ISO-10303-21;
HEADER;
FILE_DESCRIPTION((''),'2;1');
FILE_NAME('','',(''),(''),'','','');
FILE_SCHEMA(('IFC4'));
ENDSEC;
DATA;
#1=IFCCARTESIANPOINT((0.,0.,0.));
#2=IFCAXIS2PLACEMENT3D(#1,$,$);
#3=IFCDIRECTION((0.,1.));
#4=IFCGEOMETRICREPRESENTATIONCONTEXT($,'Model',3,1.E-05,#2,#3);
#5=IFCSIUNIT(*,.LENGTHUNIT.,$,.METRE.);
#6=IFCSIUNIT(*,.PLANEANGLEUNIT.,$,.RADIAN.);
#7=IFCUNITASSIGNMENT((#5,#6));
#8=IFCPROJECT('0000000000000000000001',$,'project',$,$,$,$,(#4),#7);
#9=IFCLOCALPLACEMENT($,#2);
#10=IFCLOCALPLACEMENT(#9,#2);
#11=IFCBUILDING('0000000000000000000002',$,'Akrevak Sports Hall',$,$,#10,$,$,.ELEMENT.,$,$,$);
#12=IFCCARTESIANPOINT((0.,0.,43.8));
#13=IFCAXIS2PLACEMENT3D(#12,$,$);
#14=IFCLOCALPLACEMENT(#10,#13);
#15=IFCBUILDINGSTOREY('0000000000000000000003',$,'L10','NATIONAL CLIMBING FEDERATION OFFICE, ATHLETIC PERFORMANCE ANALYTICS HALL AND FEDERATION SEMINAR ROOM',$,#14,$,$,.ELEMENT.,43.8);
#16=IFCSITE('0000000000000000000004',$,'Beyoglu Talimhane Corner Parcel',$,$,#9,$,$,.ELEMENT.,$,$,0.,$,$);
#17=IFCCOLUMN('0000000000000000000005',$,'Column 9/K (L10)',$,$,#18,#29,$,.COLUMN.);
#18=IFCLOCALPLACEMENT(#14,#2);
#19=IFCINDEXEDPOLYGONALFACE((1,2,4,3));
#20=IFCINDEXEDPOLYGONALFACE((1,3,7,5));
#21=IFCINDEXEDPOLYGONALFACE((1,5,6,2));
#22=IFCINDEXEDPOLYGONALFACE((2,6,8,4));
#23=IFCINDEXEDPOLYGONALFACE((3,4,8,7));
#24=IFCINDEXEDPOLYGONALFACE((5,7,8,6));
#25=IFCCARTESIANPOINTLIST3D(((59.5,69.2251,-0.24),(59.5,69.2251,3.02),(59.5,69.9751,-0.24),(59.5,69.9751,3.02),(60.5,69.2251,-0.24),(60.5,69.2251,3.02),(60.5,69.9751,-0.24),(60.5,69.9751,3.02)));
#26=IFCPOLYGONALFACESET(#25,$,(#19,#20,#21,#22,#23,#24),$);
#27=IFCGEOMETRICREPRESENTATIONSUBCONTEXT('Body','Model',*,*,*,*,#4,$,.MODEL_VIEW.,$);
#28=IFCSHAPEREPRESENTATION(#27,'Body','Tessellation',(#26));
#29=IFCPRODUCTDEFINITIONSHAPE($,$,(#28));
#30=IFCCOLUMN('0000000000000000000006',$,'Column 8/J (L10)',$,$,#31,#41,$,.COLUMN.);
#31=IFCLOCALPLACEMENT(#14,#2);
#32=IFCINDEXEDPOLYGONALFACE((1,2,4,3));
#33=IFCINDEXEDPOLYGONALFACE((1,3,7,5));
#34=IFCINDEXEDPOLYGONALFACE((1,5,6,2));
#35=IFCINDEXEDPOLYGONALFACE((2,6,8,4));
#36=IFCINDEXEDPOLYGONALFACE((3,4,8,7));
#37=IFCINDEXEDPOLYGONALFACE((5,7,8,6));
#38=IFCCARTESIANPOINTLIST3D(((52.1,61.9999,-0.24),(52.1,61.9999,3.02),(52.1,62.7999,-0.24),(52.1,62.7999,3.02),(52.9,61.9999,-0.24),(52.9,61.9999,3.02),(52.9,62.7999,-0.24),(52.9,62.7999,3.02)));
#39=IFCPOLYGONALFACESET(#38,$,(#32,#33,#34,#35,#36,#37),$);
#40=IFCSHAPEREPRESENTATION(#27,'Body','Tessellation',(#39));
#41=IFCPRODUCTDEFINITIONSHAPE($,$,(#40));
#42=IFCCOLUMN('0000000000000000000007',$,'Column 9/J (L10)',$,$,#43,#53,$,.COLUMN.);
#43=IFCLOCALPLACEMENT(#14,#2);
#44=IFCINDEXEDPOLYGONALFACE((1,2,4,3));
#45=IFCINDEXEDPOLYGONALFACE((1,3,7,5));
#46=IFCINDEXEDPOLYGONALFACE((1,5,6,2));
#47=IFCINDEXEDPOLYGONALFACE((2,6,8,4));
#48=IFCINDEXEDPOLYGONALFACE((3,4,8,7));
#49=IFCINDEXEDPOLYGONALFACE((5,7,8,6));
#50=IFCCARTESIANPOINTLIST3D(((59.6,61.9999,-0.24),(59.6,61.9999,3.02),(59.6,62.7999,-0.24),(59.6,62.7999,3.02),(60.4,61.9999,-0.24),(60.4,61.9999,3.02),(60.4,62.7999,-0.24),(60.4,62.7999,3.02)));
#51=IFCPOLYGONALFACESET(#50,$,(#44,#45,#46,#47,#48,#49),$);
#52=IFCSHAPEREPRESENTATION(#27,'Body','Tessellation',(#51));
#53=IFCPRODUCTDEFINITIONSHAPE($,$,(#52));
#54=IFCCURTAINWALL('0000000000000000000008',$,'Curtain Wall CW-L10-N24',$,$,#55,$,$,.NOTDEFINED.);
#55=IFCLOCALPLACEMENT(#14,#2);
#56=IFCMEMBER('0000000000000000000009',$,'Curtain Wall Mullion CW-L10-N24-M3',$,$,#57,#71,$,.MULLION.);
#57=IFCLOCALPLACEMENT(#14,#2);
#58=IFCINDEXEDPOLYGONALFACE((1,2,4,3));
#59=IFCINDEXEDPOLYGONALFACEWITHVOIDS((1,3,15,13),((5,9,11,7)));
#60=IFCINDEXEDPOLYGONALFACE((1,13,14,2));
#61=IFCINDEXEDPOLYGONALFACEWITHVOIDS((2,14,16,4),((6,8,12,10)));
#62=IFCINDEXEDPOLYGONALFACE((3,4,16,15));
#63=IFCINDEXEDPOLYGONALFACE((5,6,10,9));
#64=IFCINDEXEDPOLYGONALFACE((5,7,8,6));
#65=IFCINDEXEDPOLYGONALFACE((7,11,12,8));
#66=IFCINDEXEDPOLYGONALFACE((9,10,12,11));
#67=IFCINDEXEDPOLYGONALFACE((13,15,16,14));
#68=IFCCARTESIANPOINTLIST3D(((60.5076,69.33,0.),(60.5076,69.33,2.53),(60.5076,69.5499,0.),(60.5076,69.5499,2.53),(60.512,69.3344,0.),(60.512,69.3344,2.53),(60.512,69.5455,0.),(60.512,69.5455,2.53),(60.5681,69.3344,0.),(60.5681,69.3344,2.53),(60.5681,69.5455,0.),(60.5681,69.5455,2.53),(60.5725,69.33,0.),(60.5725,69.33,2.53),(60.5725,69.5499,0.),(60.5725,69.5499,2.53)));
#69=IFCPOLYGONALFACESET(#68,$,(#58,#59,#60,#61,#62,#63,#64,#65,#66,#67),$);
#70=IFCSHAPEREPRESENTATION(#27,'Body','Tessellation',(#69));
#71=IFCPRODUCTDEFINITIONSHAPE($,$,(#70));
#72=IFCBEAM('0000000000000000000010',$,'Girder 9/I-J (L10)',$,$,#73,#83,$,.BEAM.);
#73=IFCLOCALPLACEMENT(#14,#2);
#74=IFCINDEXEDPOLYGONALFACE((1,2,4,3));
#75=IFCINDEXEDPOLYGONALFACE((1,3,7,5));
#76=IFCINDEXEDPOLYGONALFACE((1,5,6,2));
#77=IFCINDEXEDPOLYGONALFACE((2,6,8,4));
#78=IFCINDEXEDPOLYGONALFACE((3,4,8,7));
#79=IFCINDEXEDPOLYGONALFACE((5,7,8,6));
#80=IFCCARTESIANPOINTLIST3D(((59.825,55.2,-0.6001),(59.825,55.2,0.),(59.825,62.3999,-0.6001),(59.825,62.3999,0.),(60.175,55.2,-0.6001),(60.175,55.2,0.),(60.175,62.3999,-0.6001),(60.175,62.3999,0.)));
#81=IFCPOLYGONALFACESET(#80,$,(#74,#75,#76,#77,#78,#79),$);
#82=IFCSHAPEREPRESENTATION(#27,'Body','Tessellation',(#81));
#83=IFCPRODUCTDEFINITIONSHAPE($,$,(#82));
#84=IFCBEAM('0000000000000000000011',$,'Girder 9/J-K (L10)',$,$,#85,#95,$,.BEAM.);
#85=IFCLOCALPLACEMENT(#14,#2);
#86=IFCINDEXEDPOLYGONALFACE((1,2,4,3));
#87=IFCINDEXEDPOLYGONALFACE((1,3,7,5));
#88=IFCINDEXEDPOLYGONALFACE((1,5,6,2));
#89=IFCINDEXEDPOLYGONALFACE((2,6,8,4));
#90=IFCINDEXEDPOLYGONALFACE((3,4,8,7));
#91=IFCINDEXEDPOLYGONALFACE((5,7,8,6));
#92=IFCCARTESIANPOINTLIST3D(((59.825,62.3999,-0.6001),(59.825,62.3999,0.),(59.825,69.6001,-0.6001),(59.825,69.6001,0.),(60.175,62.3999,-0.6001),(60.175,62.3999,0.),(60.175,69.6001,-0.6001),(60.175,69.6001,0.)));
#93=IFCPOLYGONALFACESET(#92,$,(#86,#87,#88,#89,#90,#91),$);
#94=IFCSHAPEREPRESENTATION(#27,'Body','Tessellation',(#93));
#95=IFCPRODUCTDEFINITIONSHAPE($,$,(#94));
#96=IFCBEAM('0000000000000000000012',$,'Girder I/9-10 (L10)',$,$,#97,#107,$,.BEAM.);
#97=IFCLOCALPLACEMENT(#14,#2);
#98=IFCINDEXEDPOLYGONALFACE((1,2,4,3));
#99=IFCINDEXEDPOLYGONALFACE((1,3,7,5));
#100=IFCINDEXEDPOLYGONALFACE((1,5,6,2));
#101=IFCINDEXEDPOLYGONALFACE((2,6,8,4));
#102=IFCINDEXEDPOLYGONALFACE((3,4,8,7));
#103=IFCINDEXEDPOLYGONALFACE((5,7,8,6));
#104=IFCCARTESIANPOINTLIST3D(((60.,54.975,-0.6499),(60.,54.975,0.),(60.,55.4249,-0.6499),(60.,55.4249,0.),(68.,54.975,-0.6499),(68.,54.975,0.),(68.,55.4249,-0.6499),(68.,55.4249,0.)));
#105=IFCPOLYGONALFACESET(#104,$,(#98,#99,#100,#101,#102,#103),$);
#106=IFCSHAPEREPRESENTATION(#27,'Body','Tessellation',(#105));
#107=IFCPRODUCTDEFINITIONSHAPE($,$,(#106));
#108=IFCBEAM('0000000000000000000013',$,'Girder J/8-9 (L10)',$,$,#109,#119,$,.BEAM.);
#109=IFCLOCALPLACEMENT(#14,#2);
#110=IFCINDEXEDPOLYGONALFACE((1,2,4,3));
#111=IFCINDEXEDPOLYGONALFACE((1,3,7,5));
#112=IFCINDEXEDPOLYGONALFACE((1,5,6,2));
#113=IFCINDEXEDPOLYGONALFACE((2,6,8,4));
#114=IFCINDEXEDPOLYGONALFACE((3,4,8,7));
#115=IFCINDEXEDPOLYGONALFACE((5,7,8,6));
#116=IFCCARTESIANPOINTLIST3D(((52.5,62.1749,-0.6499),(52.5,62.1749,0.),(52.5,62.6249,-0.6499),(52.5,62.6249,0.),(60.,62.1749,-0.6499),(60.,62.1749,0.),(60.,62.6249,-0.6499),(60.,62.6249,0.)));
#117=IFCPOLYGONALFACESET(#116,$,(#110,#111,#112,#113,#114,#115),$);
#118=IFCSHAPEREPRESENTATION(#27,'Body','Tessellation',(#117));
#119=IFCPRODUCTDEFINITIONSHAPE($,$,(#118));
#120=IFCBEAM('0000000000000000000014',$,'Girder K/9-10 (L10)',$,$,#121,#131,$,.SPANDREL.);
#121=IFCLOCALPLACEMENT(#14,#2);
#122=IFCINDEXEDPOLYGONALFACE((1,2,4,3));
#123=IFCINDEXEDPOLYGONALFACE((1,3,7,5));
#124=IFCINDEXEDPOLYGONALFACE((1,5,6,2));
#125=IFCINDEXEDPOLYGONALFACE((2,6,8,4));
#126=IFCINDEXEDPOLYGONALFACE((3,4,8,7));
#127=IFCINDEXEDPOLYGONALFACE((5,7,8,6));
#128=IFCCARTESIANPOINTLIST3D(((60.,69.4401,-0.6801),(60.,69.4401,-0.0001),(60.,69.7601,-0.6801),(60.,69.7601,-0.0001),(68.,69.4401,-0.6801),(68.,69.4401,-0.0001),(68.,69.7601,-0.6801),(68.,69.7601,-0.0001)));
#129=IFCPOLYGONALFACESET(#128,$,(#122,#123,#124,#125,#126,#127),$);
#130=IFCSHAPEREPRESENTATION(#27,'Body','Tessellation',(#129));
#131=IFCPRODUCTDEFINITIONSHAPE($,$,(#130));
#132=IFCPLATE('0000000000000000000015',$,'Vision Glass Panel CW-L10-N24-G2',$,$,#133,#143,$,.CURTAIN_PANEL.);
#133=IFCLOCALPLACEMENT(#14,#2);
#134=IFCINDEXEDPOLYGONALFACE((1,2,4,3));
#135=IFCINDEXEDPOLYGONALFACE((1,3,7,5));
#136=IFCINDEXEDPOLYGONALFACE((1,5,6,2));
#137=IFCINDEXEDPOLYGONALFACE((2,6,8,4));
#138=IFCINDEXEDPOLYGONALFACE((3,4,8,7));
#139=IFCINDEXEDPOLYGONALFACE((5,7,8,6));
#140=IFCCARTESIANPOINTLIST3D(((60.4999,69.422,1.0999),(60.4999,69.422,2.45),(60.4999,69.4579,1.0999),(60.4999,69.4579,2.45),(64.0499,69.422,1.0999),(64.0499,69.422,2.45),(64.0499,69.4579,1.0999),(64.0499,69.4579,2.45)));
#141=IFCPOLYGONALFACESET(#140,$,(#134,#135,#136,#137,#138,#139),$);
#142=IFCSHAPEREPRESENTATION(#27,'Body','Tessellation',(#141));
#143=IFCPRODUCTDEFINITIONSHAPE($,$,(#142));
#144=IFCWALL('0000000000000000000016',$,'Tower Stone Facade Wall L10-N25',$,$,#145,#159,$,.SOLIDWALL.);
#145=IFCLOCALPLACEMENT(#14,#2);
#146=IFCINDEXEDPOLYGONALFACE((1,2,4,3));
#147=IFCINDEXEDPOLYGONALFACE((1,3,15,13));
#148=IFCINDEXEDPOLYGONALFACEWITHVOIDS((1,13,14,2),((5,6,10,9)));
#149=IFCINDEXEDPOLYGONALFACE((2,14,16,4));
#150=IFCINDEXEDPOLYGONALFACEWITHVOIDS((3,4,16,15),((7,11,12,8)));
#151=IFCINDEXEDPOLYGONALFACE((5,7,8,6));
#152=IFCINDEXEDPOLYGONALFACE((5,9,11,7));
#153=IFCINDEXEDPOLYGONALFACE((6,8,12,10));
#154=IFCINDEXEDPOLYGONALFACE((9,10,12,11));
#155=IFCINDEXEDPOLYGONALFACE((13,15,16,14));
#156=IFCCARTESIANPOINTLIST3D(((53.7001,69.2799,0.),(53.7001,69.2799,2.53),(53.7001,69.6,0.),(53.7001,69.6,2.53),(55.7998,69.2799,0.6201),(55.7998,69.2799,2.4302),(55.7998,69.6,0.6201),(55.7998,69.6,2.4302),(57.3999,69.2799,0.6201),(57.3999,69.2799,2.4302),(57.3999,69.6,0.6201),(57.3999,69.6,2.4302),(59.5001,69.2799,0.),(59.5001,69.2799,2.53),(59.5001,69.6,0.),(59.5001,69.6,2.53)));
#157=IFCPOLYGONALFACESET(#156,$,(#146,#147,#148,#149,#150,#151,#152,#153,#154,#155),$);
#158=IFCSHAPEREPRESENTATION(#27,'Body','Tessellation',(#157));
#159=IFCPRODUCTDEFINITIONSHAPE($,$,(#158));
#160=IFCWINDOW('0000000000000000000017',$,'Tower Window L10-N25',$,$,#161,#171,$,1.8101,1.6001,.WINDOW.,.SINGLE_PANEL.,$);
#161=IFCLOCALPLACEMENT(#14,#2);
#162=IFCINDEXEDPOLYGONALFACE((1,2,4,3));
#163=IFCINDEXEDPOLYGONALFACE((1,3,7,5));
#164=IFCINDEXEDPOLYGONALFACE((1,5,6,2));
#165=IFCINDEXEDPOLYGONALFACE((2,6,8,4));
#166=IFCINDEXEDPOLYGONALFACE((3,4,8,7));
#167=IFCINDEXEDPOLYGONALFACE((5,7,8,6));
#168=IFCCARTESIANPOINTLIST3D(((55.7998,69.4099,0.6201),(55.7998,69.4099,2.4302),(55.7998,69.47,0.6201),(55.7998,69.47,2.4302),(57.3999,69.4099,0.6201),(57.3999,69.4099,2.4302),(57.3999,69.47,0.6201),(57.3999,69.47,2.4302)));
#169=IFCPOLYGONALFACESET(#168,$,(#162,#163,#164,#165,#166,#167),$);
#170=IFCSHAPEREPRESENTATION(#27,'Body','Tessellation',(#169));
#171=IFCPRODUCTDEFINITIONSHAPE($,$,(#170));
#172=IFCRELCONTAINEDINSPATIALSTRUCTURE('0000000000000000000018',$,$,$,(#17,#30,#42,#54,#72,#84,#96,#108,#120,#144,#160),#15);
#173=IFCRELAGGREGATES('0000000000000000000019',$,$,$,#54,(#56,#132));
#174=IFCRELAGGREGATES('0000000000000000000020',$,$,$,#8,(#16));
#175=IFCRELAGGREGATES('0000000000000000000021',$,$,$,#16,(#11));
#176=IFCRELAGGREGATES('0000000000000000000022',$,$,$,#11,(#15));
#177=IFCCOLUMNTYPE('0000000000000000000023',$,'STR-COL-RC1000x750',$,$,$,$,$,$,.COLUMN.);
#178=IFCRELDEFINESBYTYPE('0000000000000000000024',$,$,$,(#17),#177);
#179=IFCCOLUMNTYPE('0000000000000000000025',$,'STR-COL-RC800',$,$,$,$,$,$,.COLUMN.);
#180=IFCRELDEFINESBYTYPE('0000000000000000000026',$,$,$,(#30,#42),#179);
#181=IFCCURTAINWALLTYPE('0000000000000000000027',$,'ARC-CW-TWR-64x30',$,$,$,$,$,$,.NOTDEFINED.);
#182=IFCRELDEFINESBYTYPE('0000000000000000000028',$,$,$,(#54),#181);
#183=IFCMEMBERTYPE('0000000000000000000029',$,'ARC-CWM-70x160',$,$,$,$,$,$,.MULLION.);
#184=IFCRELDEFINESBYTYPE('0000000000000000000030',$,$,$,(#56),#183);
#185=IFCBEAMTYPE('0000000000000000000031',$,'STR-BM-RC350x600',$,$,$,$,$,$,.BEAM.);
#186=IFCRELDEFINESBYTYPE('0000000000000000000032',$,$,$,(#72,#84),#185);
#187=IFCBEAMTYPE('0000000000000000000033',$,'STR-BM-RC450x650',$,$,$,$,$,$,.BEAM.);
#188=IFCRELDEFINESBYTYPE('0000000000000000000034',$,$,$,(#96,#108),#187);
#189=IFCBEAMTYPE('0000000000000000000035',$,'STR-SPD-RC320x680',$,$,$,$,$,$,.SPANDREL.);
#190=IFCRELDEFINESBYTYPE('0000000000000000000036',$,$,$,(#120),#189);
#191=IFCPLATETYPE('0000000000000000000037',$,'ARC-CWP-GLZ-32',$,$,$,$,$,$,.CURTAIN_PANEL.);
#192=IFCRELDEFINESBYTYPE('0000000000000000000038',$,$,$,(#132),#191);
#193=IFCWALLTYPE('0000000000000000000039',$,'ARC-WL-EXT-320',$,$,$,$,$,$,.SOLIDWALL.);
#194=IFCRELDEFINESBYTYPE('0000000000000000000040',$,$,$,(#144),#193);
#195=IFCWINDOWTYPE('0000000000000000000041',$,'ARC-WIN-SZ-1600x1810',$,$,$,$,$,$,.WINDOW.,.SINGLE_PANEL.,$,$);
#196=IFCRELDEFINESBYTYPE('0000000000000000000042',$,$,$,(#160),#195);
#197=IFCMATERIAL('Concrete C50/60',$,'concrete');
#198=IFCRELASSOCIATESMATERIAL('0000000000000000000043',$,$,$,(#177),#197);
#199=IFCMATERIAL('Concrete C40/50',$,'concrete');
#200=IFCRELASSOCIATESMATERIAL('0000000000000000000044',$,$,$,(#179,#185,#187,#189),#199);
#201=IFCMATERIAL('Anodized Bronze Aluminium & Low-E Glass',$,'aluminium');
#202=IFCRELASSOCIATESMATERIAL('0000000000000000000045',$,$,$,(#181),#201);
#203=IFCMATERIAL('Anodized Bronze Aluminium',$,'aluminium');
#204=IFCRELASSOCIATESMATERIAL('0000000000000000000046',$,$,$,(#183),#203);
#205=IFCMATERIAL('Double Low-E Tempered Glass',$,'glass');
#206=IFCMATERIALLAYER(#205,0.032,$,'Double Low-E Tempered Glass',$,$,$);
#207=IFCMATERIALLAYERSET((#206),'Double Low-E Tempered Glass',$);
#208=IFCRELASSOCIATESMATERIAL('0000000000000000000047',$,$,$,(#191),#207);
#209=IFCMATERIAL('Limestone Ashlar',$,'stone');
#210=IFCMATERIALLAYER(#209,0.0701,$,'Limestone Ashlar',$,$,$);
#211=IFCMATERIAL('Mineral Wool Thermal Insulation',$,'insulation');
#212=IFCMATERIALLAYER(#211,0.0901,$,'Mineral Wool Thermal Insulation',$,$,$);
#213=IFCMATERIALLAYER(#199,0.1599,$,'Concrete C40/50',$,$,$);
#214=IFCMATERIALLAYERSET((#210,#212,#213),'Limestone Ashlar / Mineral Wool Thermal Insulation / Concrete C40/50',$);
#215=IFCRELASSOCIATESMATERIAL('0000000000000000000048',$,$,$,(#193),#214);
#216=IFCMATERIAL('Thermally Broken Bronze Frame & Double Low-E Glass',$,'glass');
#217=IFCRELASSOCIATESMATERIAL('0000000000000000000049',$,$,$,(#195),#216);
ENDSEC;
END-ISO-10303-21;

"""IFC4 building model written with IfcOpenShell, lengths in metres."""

from ifc_helpers import new_model, si_unit, direction, frame, frame_2d, origin, origin_2d, place, context, subcontext, project, spatial, rectangle, hollow_rectangle, extrude, material, layer, layer_set, material_profile, profile_set, type_object, element, fill, aggregate, save


model = new_model("IFC4")

# Units and contexts
model_context = context("Model", 3, precision=1e-05, world=origin(), true_north=direction((0.0, 1.0)))
body_context = subcontext(model_context, "Body", "Model", "MODEL_VIEW")
ifc_project = project(units=[si_unit("LENGTHUNIT", "METRE"), si_unit("PLANEANGLEUNIT", "RADIAN")], contexts=[model_context])

# Site, building, storey
site_placement = place(None, origin())
site = spatial("IfcSite", under=ifc_project, at=site_placement, Name="Beyoglu Talimhane Corner Parcel", CompositionType="ELEMENT", RefElevation=0.0)
building_placement = place(site_placement, origin())
building = spatial("IfcBuilding", under=site, at=building_placement, Name="Akrevak Sports Hall", CompositionType="ELEMENT")
storey_placement = place(building_placement, frame((0.0, 0.0, 43.8)))
storey = spatial("IfcBuildingStorey", under=building, at=storey_placement, Name="L10", Description="NATIONAL CLIMBING FEDERATION OFFICE, ATHLETIC PERFORMANCE ANALYTICS HALL AND FEDERATION SEMINAR ROOM", CompositionType="ELEMENT", Elevation=43.8)

# Columns
ifc_material_1 = material(Name="Concrete C50/60", Category="concrete")
ifc_material_profile_1 = material_profile(ifc_material_1, rectangle(XDim=1.0, YDim=0.75, at=origin_2d()), Name="RC 1000x750", Category="concrete")
ifc_profile_set_1 = profile_set([ifc_material_profile_1], Name="Concrete C50/60")
column_type_1 = type_object("IfcColumnType", Name="STR-COL-RC1000x750", PredefinedType="COLUMN", material=ifc_profile_set_1)
column_placement = place(storey_placement, frame((60.0, 69.6001, -0.24), z_axis=(0.0, 0.0, 1.0), x_axis=(1.0, 0.0, 0.0)))
element("IfcColumn", 1, at=column_placement, inside=storey, type_object=column_type_1, Name="Column 9/K (L10)", PredefinedType="COLUMN", context=body_context, shape_type="SweptSolid", body=[
    extrude(rectangle(XDim=1.0, YDim=0.75, at=origin_2d()), origin(), (0.0, 0.0, 1.0), 3.26),
])
ifc_material_2 = material(Name="Concrete C40/50", Category="concrete")
ifc_material_profile_2 = material_profile(ifc_material_2, rectangle(XDim=0.8, YDim=0.8, at=origin_2d()), Name="RC 800x800", Category="concrete")
ifc_profile_set_2 = profile_set([ifc_material_profile_2], Name="Concrete C40/50")
column_type_2 = type_object("IfcColumnType", Name="STR-COL-RC800", PredefinedType="COLUMN", material=ifc_profile_set_2)
for number, where, z_axis, x_axis, name in (
    (2, (52.5, 62.3999, -0.24), (0.0, 0.0, 1.0), (1.0, 0.0, 0.0), "Column 8/J (L10)"),
    (3, (60.0, 62.3999, -0.24), (0.0, 0.0, 1.0), (1.0, 0.0, 0.0), "Column 9/J (L10)"),
):
    element("IfcColumn", number, at=place(storey_placement, frame(where, z_axis=z_axis, x_axis=x_axis)), inside=storey, type_object=column_type_2, Name=name, PredefinedType="COLUMN", context=body_context, shape_type="SweptSolid", body=[
        extrude(rectangle(XDim=0.8, YDim=0.8, at=origin_2d()), origin(), (0.0, 0.0, 1.0), 3.26),
    ])

# Curtain wall, member
ifc_material_3 = material(Name="Anodized Bronze Aluminium & Low-E Glass", Category="aluminium")
curtain_wall_type = type_object("IfcCurtainWallType", Name="ARC-CW-TWR-64x30", PredefinedType="NOTDEFINED", material=ifc_material_3)
curtain_wall_placement = place(storey_placement, origin())
curtain_wall = element("IfcCurtainWall", 4, at=curtain_wall_placement, inside=storey, type_object=curtain_wall_type, Name="Curtain Wall CW-L10-N24", PredefinedType="NOTDEFINED")
ifc_material_4 = material(Name="Anodized Bronze Aluminium", Category="aluminium")
ifc_material_profile_3 = material_profile(ifc_material_4, hollow_rectangle(XDim=0.0649, YDim=0.22, WallThickness=0.0044, at=origin_2d()), Name="CWM 65x220", Category="aluminium")
ifc_profile_set_3 = profile_set([ifc_material_profile_3], Name="Anodized Bronze Aluminium")
member_type = type_object("IfcMemberType", Name="ARC-CWM-70x160", PredefinedType="MULLION", material=ifc_profile_set_3)
member_placement = place(storey_placement, frame((60.54, 69.4399, 0.0), z_axis=(0.0, 0.0, 1.0), x_axis=(-1.0, 0.0, 0.0)))
member = element("IfcMember", 5, at=member_placement, type_object=member_type, Name="Curtain Wall Mullion CW-L10-N24-M3", PredefinedType="MULLION", context=body_context, shape_type="SweptSolid", body=[
    extrude(hollow_rectangle(XDim=0.0649, YDim=0.22, WallThickness=0.0044, at=origin_2d()), origin(), (0.0, 0.0, 1.0), 2.53),
])

# Beams
ifc_material_profile_4 = material_profile(ifc_material_2, rectangle(XDim=0.3501, YDim=0.6001, at=origin_2d()), Name="BM 350x600", Category="concrete")
ifc_profile_set_4 = profile_set([ifc_material_profile_4], Name="Concrete C40/50")
beam_type_1 = type_object("IfcBeamType", Name="STR-BM-RC350x600", PredefinedType="BEAM", material=ifc_profile_set_4)
beam_1_placement = place(storey_placement, frame((60.0, 55.2, -0.3), z_axis=(0.0, 1.0, 0.0), x_axis=(-1.0, 0.0, 0.0)))
element("IfcBeam", 6, at=beam_1_placement, inside=storey, type_object=beam_type_1, Name="Girder 9/I-J (L10)", PredefinedType="BEAM", context=body_context, shape_type="SweptSolid", body=[
    extrude(rectangle(XDim=0.3501, YDim=0.6001, at=origin_2d()), origin(), (0.0, 0.0, 1.0), 7.2),
])
beam_2_placement = place(storey_placement, frame((60.0, 62.3999, -0.3), z_axis=(0.0, 1.0, 0.0), x_axis=(-1.0, 0.0, 0.0)))
element("IfcBeam", 7, at=beam_2_placement, inside=storey, type_object=beam_type_1, Name="Girder 9/J-K (L10)", PredefinedType="BEAM", context=body_context, shape_type="SweptSolid", body=[
    extrude(rectangle(XDim=0.3501, YDim=0.6001, at=origin_2d()), origin(), (0.0, 0.0, 1.0), 7.2002),
])
ifc_material_profile_5 = material_profile(ifc_material_2, rectangle(XDim=0.45, YDim=0.6499, at=origin_2d()), Name="BM 450x650", Category="concrete")
ifc_profile_set_5 = profile_set([ifc_material_profile_5], Name="Concrete C40/50")
beam_type_2 = type_object("IfcBeamType", Name="STR-BM-RC450x650", PredefinedType="BEAM", material=ifc_profile_set_5)
beam_3_placement = place(storey_placement, frame((60.0, 55.2, -0.325), z_axis=(1.0, 0.0, 0.0), x_axis=(0.0, 1.0, 0.0)))
element("IfcBeam", 8, at=beam_3_placement, inside=storey, type_object=beam_type_2, Name="Girder I/9-10 (L10)", PredefinedType="BEAM", context=body_context, shape_type="SweptSolid", body=[
    extrude(rectangle(XDim=0.45, YDim=0.6499, at=origin_2d()), origin(), (0.0, 0.0, 1.0), 8.0),
])
beam_4_placement = place(storey_placement, frame((52.5, 62.3999, -0.325), z_axis=(1.0, 0.0, 0.0), x_axis=(0.0, 1.0, 0.0)))
element("IfcBeam", 9, at=beam_4_placement, inside=storey, type_object=beam_type_2, Name="Girder J/8-9 (L10)", PredefinedType="BEAM", context=body_context, shape_type="SweptSolid", body=[
    extrude(rectangle(XDim=0.45, YDim=0.6499, at=origin_2d()), origin(), (0.0, 0.0, 1.0), 7.5),
])
ifc_material_profile_6 = material_profile(ifc_material_2, rectangle(XDim=0.3201, YDim=0.6799, at=origin_2d()), Name="SPD 320x680", Category="concrete")
ifc_profile_set_6 = profile_set([ifc_material_profile_6], Name="Concrete C40/50")
beam_type_3 = type_object("IfcBeamType", Name="STR-SPD-RC320x680", PredefinedType="SPANDREL", material=ifc_profile_set_6)
beam_5_placement = place(storey_placement, frame((60.0, 69.6001, -0.3401), z_axis=(1.0, 0.0, 0.0), x_axis=(0.0, 1.0, 0.0)))
element("IfcBeam", 10, at=beam_5_placement, inside=storey, type_object=beam_type_3, Name="Girder K/9-10 (L10)", PredefinedType="SPANDREL", context=body_context, shape_type="SweptSolid", body=[
    extrude(rectangle(XDim=0.3201, YDim=0.6799, at=origin_2d()), origin(), (0.0, 0.0, 1.0), 8.0),
])

# Plate
ifc_material_5 = material(Name="Double Low-E Tempered Glass", Category="glass")
ifc_layer_1 = layer(ifc_material_5, 0.032, Name="Double Low-E Tempered Glass")
ifc_layer_set_1 = layer_set([ifc_layer_1], Name="Double Low-E Tempered Glass")
plate_type = type_object("IfcPlateType", Name="ARC-CWP-GLZ-32", PredefinedType="CURTAIN_PANEL", material=ifc_layer_set_1)
plate_placement = place(storey_placement, frame((62.2749, 69.4399, 1.0999), z_axis=(0.0, 0.0, 1.0), x_axis=(-1.0, 0.0, 0.0)))
plate = element("IfcPlate", 11, at=plate_placement, type_object=plate_type, Name="Vision Glass Panel CW-L10-N24-G2", PredefinedType="CURTAIN_PANEL", context=body_context, shape_type="SweptSolid", body=[
    extrude(rectangle(XDim=3.55, YDim=0.0359, at=origin_2d()), origin(), (0.0, 0.0, 1.0), 1.3501),
])
aggregate(curtain_wall, [member, plate])

# Wall, opening, window
ifc_material_6 = material(Name="Limestone Ashlar", Category="stone")
ifc_layer_2 = layer(ifc_material_6, 0.0701, Name="Limestone Ashlar")
ifc_material_7 = material(Name="Mineral Wool Thermal Insulation", Category="insulation")
ifc_layer_3 = layer(ifc_material_7, 0.0901, Name="Mineral Wool Thermal Insulation")
ifc_layer_4 = layer(ifc_material_2, 0.1599, Name="Concrete C40/50")
ifc_layer_set_2 = layer_set([ifc_layer_2, ifc_layer_3, ifc_layer_4], Name="Limestone Ashlar / Mineral Wool Thermal Insulation / Concrete C40/50")
wall_type_1 = type_object("IfcWallType", Name="ARC-WL-EXT-320", PredefinedType="SOLIDWALL", material=ifc_layer_set_2)
wall_1_placement = place(storey_placement, frame((59.5, 69.4399, 0.0), z_axis=(0.0, 0.0, 1.0), x_axis=(-1.0, 0.0, 0.0)))
wall_1 = element("IfcWall", 12, at=wall_1_placement, inside=storey, type_object=wall_type_1, Name="Tower Stone Facade Wall L10-N25", PredefinedType="SOLIDWALL", context=body_context, shape_type="SweptSolid", body=[
    extrude(rectangle(XDim=5.8, YDim=0.3201, at=frame_2d((2.8999, 0.0))), origin(), (0.0, 0.0, 1.0), 2.53),
])
opening_1_placement = place(wall_1_placement, frame((2.1001, 0.0, 0.6201)))
opening_1 = element("IfcOpeningElement", 13, at=opening_1_placement, cuts=wall_1, PredefinedType="OPENING", context=body_context, shape_type="SweptSolid", body=[
    extrude(rectangle(XDim=1.6001, YDim=1.8101, at=frame_2d((0.8, 0.905))), frame((0.0, 0.1719, 0.0), z_axis=(0.0, -1.0, 0.0), x_axis=(1.0, 0.0, 0.0)), (0.0, 0.0, 1.0), 0.344),
])
ifc_material_8 = material(Name="Thermally Broken Bronze Frame & Double Low-E Glass", Category="glass")
window_type_1 = type_object("IfcWindowType", Name="ARC-WIN-SZ-1600x1810", PartitioningType="SINGLE_PANEL", PredefinedType="WINDOW", material=ifc_material_8)
window_1_placement = place(opening_1_placement, origin())
window_1 = element("IfcWindow", 14, at=window_1_placement, inside=storey, type_object=window_type_1, Name="Tower Window L10-N25", OverallHeight=1.8101, OverallWidth=1.6001, PartitioningType="SINGLE_PANEL", PredefinedType="WINDOW", context=body_context, shape_type="SweptSolid", body=[
    extrude(rectangle(XDim=1.6001, YDim=1.8101, at=frame_2d((0.8, 0.905))), frame((0.0, 0.03, 0.0), z_axis=(0.0, -1.0, 0.0), x_axis=(1.0, 0.0, 0.0)), (0.0, 0.0, 1.0), 0.0601),
])
fill(opening_1, window_1)

save(model, "model.ifc")
